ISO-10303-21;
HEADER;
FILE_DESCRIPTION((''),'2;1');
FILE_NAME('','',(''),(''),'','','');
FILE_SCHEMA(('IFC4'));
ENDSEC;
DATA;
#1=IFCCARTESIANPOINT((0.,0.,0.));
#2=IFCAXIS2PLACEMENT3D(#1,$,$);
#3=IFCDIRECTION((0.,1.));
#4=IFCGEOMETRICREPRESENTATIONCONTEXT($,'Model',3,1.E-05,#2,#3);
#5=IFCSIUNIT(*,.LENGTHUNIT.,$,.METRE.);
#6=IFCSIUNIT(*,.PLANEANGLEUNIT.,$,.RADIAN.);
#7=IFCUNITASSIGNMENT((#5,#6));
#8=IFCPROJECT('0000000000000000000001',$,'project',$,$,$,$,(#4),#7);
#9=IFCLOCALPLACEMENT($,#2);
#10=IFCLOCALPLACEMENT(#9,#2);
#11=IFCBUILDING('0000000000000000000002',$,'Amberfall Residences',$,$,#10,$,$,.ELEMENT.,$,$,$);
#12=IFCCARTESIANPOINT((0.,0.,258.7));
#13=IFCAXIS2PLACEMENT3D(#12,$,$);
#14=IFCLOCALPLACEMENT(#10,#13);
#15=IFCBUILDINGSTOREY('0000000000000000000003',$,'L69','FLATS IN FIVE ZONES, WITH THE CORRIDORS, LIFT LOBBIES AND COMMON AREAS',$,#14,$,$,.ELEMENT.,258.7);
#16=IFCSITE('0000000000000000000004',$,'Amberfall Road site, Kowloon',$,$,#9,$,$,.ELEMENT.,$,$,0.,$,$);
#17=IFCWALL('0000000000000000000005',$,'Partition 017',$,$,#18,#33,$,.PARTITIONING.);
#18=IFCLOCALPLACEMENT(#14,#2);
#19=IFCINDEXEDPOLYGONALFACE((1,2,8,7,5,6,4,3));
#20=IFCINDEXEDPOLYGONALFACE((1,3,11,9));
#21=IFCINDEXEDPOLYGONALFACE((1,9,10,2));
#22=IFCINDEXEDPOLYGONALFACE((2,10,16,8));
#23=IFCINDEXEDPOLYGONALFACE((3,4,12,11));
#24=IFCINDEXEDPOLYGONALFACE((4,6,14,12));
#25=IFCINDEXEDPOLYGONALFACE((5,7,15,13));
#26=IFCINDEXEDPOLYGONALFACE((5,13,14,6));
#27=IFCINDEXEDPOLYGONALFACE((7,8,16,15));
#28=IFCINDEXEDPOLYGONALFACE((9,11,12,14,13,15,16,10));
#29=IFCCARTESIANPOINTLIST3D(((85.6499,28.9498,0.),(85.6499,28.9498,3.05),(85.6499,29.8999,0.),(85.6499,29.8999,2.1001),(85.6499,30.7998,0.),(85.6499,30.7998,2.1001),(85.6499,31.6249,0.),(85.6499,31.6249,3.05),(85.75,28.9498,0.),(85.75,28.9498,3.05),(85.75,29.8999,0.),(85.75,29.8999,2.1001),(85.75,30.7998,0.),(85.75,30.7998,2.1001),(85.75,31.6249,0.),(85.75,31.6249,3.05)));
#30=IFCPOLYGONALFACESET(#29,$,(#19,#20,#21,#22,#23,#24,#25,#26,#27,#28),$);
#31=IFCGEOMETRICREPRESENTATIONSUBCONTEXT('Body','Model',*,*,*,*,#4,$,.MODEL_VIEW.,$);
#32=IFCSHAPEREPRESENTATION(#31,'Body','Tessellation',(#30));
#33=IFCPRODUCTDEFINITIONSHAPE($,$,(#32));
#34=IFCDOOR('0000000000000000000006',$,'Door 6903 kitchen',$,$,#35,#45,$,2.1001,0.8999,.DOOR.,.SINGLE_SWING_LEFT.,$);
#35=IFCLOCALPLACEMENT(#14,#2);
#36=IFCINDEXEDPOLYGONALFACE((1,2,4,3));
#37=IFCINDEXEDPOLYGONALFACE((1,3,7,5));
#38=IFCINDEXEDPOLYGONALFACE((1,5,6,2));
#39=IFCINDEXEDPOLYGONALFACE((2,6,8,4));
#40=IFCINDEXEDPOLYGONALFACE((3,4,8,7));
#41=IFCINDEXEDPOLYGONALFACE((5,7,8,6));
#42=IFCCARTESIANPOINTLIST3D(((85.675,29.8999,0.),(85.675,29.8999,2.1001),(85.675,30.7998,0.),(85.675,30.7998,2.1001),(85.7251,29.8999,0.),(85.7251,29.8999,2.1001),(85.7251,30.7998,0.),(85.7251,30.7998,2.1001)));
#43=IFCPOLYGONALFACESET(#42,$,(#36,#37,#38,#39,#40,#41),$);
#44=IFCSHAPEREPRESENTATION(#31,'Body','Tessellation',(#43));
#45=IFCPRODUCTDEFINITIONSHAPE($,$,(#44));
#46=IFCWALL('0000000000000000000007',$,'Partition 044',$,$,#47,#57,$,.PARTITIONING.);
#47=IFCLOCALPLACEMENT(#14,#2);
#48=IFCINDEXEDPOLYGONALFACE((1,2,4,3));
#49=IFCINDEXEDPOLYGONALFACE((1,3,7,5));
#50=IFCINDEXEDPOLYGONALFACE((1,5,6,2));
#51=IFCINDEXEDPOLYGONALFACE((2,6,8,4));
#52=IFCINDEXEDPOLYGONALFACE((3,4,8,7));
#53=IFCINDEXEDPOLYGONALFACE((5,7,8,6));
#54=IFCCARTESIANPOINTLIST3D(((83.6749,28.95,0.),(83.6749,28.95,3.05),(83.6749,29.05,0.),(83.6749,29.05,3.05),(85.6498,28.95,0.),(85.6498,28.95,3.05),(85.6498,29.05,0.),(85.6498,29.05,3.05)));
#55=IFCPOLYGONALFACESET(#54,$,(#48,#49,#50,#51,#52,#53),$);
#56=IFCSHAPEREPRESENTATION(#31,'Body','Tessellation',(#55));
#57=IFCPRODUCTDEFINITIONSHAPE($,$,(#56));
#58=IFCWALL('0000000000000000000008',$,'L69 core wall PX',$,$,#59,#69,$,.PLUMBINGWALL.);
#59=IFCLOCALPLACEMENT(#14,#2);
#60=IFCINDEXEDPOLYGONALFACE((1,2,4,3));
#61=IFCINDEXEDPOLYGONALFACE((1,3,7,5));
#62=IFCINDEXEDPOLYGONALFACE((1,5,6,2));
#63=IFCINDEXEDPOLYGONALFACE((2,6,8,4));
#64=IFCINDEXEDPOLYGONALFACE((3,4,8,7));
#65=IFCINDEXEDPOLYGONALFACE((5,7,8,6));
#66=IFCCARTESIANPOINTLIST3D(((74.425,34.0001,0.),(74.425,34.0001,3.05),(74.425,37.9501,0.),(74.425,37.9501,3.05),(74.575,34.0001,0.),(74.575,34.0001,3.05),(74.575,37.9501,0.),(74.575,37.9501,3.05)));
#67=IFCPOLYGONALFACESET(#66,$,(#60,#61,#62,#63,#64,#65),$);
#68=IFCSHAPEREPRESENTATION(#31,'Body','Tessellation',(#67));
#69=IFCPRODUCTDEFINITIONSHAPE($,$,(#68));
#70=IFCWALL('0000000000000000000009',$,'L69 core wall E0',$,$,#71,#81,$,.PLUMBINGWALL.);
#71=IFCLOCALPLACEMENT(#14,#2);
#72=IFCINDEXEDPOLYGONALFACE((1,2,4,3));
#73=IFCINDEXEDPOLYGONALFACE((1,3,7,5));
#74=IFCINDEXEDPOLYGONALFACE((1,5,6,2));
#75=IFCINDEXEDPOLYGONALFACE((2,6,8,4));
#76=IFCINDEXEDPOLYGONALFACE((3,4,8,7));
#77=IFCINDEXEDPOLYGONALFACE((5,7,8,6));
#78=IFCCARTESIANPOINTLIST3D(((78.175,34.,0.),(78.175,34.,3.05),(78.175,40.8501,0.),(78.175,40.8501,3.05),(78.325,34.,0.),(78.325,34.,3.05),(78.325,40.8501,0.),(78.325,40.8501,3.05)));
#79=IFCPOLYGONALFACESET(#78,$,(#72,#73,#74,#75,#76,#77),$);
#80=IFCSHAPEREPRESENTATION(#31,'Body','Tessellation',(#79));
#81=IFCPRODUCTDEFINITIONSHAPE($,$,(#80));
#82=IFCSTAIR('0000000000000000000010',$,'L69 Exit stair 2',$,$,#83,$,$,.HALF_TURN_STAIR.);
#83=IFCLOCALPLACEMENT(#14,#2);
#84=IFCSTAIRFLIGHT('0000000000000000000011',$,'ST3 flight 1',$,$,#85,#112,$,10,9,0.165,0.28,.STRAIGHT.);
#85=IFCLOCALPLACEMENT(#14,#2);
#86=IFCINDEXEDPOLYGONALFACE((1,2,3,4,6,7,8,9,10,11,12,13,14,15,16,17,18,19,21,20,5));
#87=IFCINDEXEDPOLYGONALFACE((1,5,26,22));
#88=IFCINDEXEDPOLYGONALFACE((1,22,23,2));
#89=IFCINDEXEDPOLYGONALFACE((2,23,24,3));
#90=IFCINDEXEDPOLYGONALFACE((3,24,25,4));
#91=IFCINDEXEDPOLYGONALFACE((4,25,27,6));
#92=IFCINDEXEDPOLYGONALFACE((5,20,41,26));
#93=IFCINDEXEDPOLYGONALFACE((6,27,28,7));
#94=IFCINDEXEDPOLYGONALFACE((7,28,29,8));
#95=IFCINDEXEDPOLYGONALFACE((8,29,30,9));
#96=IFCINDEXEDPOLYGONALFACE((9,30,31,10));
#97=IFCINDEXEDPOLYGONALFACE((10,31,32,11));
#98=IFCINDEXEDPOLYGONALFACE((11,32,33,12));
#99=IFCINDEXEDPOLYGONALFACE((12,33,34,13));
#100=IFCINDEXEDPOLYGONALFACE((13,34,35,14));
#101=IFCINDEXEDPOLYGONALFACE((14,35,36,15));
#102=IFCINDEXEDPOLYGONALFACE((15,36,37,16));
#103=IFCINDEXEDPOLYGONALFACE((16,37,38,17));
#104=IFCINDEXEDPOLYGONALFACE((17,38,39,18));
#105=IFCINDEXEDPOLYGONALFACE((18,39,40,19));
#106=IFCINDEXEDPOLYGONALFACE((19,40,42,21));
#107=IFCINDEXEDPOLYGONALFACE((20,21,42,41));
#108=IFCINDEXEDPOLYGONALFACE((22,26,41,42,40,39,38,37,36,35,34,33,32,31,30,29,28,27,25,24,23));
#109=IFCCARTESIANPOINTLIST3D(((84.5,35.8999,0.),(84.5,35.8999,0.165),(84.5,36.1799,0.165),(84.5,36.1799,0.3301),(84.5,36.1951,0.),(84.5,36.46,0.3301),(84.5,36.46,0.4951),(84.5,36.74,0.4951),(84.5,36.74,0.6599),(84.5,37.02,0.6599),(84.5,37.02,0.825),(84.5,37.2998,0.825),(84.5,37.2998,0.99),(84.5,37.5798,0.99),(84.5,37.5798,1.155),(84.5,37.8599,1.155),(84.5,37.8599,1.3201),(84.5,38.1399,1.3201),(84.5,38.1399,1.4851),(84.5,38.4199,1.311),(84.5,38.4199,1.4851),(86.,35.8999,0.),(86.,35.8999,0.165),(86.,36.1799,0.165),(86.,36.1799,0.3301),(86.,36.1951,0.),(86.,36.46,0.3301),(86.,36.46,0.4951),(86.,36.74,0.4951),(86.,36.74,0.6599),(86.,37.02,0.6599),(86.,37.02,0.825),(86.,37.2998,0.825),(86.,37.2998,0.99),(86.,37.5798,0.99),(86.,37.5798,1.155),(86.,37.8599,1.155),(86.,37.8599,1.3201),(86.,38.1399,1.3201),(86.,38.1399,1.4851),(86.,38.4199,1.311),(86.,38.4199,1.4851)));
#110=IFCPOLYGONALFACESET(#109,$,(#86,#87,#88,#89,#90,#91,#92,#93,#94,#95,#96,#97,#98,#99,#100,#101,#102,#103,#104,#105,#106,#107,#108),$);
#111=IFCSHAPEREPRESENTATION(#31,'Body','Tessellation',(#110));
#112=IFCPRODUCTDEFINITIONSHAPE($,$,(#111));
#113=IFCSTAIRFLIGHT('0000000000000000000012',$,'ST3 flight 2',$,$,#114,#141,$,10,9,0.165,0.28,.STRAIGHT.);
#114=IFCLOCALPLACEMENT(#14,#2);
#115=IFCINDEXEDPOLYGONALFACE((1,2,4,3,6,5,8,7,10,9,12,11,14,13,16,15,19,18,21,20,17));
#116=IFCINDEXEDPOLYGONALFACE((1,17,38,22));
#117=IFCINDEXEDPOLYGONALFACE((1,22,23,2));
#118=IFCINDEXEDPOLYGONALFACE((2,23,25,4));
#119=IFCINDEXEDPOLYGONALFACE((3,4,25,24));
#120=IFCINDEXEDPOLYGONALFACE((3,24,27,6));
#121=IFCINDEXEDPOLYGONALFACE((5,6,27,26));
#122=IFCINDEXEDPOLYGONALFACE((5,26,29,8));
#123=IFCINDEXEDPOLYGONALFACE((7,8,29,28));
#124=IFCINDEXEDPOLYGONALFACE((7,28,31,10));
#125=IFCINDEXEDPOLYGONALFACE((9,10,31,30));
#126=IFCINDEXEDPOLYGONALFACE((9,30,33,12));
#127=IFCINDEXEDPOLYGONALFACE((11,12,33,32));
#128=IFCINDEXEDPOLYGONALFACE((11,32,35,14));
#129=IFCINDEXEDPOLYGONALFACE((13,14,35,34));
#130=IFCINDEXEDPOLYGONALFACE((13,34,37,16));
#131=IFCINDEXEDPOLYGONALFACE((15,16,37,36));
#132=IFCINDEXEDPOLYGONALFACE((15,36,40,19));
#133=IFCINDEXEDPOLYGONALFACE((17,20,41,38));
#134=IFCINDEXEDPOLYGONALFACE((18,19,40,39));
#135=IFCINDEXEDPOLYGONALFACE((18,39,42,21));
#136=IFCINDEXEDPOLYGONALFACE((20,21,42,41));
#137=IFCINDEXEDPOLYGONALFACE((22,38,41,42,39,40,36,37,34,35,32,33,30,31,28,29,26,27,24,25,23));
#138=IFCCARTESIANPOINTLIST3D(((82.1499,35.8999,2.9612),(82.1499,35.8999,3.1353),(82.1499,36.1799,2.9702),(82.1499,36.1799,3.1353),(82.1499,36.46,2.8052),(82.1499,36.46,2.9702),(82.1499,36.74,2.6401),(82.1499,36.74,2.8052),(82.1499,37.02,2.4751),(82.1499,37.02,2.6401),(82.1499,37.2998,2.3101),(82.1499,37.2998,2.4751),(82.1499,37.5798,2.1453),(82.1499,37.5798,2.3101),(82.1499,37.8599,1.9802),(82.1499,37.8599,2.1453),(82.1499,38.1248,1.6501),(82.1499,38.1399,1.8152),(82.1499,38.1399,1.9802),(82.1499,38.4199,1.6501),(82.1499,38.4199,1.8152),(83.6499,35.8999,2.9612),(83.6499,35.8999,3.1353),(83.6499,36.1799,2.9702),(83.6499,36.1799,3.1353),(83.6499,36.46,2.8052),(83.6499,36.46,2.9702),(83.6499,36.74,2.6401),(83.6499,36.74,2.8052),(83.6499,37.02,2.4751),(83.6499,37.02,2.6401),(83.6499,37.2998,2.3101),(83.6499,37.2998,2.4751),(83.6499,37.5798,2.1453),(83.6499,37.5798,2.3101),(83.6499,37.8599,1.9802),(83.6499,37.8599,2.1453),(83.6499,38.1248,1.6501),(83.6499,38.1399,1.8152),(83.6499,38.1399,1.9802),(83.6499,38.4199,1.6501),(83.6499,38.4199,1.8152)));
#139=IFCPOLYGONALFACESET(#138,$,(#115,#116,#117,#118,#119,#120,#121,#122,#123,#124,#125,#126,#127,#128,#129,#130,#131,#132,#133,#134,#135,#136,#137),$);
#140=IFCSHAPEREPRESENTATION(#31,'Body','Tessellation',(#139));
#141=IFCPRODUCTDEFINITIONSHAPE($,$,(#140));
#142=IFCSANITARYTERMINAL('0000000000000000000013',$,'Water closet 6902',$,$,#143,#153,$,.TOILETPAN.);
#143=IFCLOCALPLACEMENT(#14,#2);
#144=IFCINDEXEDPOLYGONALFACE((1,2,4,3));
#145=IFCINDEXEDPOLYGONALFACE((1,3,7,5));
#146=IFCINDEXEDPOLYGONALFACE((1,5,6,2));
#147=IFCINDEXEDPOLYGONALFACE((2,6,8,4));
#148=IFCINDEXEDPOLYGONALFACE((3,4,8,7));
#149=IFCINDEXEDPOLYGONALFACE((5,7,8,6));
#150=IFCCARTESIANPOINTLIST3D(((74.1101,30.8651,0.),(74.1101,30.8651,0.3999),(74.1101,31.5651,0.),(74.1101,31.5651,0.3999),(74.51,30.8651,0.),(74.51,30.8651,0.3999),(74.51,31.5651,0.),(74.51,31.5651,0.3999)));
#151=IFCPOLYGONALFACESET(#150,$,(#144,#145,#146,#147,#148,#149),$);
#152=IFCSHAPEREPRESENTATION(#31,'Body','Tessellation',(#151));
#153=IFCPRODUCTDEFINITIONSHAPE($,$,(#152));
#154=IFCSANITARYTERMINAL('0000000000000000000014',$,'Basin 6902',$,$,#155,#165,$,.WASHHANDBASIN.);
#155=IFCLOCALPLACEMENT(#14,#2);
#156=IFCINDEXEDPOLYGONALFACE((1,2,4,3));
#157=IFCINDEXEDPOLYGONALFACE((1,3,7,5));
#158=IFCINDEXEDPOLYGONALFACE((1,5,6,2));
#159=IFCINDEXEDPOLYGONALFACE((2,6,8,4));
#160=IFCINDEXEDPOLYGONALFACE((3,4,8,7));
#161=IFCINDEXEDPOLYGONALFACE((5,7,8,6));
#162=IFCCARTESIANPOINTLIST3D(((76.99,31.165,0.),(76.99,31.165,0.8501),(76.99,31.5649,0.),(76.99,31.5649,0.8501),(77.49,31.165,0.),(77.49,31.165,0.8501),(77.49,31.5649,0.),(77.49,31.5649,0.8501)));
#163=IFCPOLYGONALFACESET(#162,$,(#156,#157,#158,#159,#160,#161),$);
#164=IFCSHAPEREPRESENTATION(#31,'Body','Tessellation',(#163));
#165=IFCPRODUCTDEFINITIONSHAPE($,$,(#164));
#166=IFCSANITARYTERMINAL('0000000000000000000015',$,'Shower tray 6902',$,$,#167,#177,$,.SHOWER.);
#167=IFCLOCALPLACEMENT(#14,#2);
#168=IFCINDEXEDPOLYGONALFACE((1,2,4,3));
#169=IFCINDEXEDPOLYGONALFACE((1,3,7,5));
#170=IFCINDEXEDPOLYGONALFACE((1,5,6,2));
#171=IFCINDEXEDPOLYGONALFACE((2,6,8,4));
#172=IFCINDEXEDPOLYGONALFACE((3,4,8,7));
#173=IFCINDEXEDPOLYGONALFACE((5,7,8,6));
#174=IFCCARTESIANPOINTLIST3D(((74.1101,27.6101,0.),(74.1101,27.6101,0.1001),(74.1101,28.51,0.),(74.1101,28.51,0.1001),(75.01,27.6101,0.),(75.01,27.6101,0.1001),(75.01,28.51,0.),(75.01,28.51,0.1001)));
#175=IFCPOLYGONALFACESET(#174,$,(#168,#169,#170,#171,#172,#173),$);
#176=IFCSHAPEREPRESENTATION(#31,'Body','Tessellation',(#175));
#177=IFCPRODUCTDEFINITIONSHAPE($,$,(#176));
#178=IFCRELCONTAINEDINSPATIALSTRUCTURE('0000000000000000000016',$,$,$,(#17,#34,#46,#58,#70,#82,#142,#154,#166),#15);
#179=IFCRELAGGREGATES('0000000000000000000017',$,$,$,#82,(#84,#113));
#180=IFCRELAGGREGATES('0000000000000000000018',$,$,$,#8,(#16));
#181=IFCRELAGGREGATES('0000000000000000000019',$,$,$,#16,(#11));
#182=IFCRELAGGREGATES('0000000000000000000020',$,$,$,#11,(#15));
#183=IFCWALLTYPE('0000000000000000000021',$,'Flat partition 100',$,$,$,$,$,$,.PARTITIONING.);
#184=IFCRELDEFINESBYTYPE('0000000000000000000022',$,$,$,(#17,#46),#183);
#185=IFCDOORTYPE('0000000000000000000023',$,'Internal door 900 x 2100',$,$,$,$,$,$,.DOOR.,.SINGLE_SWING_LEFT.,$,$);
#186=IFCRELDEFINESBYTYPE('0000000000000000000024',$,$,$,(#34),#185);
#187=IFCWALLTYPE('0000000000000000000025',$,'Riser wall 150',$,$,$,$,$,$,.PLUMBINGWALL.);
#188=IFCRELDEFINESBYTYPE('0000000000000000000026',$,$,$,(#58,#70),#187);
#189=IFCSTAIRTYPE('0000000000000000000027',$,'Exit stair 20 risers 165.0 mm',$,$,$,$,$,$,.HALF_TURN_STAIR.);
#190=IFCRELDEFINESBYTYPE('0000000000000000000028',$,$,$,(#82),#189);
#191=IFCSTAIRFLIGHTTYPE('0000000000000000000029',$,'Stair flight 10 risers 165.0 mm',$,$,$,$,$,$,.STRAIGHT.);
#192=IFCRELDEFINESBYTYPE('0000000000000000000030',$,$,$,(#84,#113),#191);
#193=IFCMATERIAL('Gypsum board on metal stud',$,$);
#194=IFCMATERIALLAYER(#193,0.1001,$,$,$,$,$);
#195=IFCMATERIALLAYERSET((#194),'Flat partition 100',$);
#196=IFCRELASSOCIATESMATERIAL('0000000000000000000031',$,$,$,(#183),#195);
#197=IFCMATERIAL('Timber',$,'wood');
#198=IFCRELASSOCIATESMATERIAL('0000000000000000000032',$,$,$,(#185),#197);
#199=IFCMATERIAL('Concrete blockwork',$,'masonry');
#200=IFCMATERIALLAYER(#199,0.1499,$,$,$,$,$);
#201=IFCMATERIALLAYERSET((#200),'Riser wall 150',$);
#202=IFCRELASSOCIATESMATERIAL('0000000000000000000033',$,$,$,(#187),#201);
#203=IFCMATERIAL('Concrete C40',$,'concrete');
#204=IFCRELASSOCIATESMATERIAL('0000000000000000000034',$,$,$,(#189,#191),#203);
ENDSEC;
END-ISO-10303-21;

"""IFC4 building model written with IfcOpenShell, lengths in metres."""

from ifc_helpers import new_model, si_unit, direction, frame, frame_2d, origin, origin_2d, place, context, subcontext, project, spatial, polyline, rectangle, outline, extrude, material, layer, layer_set, type_object, element, fill, aggregate, save


model = new_model("IFC4")

# Units and contexts
model_context = context("Model", 3, precision=1e-05, world=origin(), true_north=direction((0.0, 1.0)))
body_context = subcontext(model_context, "Body", "Model", "MODEL_VIEW")
ifc_project = project(units=[si_unit("LENGTHUNIT", "METRE"), si_unit("PLANEANGLEUNIT", "RADIAN")], contexts=[model_context])

# Site, building, storey
site_placement = place(None, origin())
site = spatial("IfcSite", under=ifc_project, at=site_placement, Name="Amberfall Road site, Kowloon", CompositionType="ELEMENT", RefElevation=0.0)
building_placement = place(site_placement, origin())
building = spatial("IfcBuilding", under=site, at=building_placement, Name="Amberfall Residences", CompositionType="ELEMENT")
storey_placement = place(building_placement, frame((0.0, 0.0, 258.7)))
storey = spatial("IfcBuildingStorey", under=building, at=storey_placement, Name="L69", Description="FLATS IN FIVE ZONES, WITH THE CORRIDORS, LIFT LOBBIES AND COMMON AREAS", CompositionType="ELEMENT", Elevation=258.7)

# Wall, opening, door
ifc_material_1 = material(Name="Gypsum board on metal stud")
ifc_layer_1 = layer(ifc_material_1, 0.1001)
ifc_layer_set_1 = layer_set([ifc_layer_1], Name="Flat partition 100")
wall_type_1 = type_object("IfcWallType", Name="Flat partition 100", PredefinedType="PARTITIONING", material=ifc_layer_set_1)
ifc_material_2 = material(Name="Timber", Category="wood")
door_type_1 = type_object("IfcDoorType", Name="Internal door 900 x 2100", OperationType="SINGLE_SWING_LEFT", PredefinedType="DOOR", material=ifc_material_2)
wall_1_placement = place(storey_placement, frame((85.7, 28.95, 0.0), z_axis=(0.0, 0.0, 1.0), x_axis=(0.0, 1.0, 0.0)))
wall_1 = element("IfcWall", 1, at=wall_1_placement, inside=storey, type_object=wall_type_1, Name="Partition 017", PredefinedType="PARTITIONING", context=body_context, shape_type="SweptSolid", body=[
    extrude(rectangle(XDim=2.675, YDim=0.1001, at=frame_2d((1.3374, 0.0))), origin(), (0.0, 0.0, 1.0), 3.05),
])
opening_1_placement = place(wall_1_placement, frame((0.95, 0.0, 0.0)))
opening_1 = element("IfcOpeningElement", 2, at=opening_1_placement, cuts=wall_1, PredefinedType="OPENING", context=body_context, shape_type="SweptSolid", body=[
    extrude(rectangle(XDim=0.8999, YDim=2.1001, at=frame_2d((0.45, 1.05))), frame((0.0, 0.0601, 0.0), z_axis=(0.0, -1.0, 0.0), x_axis=(1.0, 0.0, 0.0)), (0.0, 0.0, 1.0), 0.1201),
])
door_1_placement = place(opening_1_placement, origin())
door_1 = element("IfcDoor", 3, at=door_1_placement, inside=storey, type_object=door_type_1, Name="Door 6903 kitchen", OperationType="SINGLE_SWING_LEFT", OverallHeight=2.1001, OverallWidth=0.8999, PredefinedType="DOOR", context=body_context, shape_type="SweptSolid", body=[
    extrude(rectangle(XDim=0.8999, YDim=2.1001, at=frame_2d((0.45, 1.05))), frame((0.0, 0.0249, 0.0), z_axis=(0.0, -1.0, 0.0), x_axis=(1.0, 0.0, 0.0)), (0.0, 0.0, 1.0), 0.05),
])
fill(opening_1, door_1)

# Walls
wall_2_placement = place(storey_placement, frame((83.675, 29.0, 0.0), z_axis=(0.0, 0.0, 1.0), x_axis=(1.0, 0.0, 0.0)))
element("IfcWall", 4, at=wall_2_placement, inside=storey, type_object=wall_type_1, Name="Partition 044", PredefinedType="PARTITIONING", context=body_context, shape_type="SweptSolid", body=[
    extrude(rectangle(XDim=1.9749, YDim=0.1001, at=frame_2d((0.9873, 0.0))), origin(), (0.0, 0.0, 1.0), 3.05),
])
ifc_material_3 = material(Name="Concrete blockwork", Category="masonry")
ifc_layer_2 = layer(ifc_material_3, 0.1499)
ifc_layer_set_2 = layer_set([ifc_layer_2], Name="Riser wall 150")
wall_type_2 = type_object("IfcWallType", Name="Riser wall 150", PredefinedType="PLUMBINGWALL", material=ifc_layer_set_2)
wall_3_placement = place(storey_placement, frame((74.5, 34.0, 0.0), z_axis=(0.0, 0.0, 1.0), x_axis=(0.0, 1.0, 0.0)))
element("IfcWall", 5, at=wall_3_placement, inside=storey, type_object=wall_type_2, Name="L69 core wall PX", PredefinedType="PLUMBINGWALL", context=body_context, shape_type="SweptSolid", body=[
    extrude(rectangle(XDim=3.95, YDim=0.1499, at=frame_2d((1.9751, 0.0))), origin(), (0.0, 0.0, 1.0), 3.05),
])
wall_4_placement = place(storey_placement, frame((78.25, 34.0, 0.0), z_axis=(0.0, 0.0, 1.0), x_axis=(0.0, 1.0, 0.0)))
element("IfcWall", 6, at=wall_4_placement, inside=storey, type_object=wall_type_2, Name="L69 core wall E0", PredefinedType="PLUMBINGWALL", context=body_context, shape_type="SweptSolid", body=[
    extrude(rectangle(XDim=6.8501, YDim=0.1499, at=frame_2d((3.425, 0.0))), origin(), (0.0, 0.0, 1.0), 3.05),
])

# Stair, stair flights
ifc_material_4 = material(Name="Concrete C40", Category="concrete")
stair_type = type_object("IfcStairType", Name="Exit stair 20 risers 165.0 mm", PredefinedType="HALF_TURN_STAIR", material=ifc_material_4)
stair_placement = place(storey_placement, origin())
stair = element("IfcStair", 7, at=stair_placement, inside=storey, type_object=stair_type, Name="L69 Exit stair 2", PredefinedType="HALF_TURN_STAIR")
stair_flight_type = type_object("IfcStairFlightType", Name="Stair flight 10 risers 165.0 mm", PredefinedType="STRAIGHT", material=ifc_material_4)
stair_flight_1_placement = place(storey_placement, frame((85.25, 35.8999, 0.0), z_axis=(0.0, 0.0, 1.0), x_axis=(0.0, 1.0, 0.0)))
stair_flight_1 = element("IfcStairFlight", 8, at=stair_flight_1_placement, type_object=stair_flight_type, Name="ST3 flight 1", NumberOfRisers=10, NumberOfTreads=9, PredefinedType="STRAIGHT", RiserHeight=0.165, TreadLength=0.28, context=body_context, shape_type="SweptSolid", body=[
    extrude(outline(polyline([(0.0, 0.0), (0.0, 0.165), (0.28, 0.165), (0.28, 0.3301), (0.5601, 0.3301), (0.5601, 0.4951), (0.8401, 0.4951), (0.8401, 0.6599), (1.1201, 0.6599), (1.1201, 0.825), (1.3999, 0.825), (1.3999, 0.99), (1.6799, 0.99), (1.6799, 1.155), (1.96, 1.155), (1.96, 1.3201), (2.24, 1.3201), (2.24, 1.4851), (2.52, 1.4851), (2.52, 1.6499), (2.52, 1.311), (0.2952, 0.0), (0.0, 0.0)])), frame((0.0, 0.75, 0.0), z_axis=(0.0, -1.0, 0.0), x_axis=(1.0, 0.0, 0.0)), (0.0, 0.0, 1.0), 1.5),
])
stair_flight_2_placement = place(storey_placement, frame((82.8999, 38.4199, 1.6501), z_axis=(0.0, 0.0, 1.0), x_axis=(0.0, -1.0, 0.0)))
stair_flight_2 = element("IfcStairFlight", 9, at=stair_flight_2_placement, type_object=stair_flight_type, Name="ST3 flight 2", NumberOfRisers=10, NumberOfTreads=9, PredefinedType="STRAIGHT", RiserHeight=0.165, TreadLength=0.28, context=body_context, shape_type="SweptSolid", body=[
    extrude(outline(polyline([(0.0, 0.0), (0.0, 0.165), (0.28, 0.165), (0.28, 0.3301), (0.5601, 0.3301), (0.5601, 0.4951), (0.8401, 0.4951), (0.8401, 0.6599), (1.1201, 0.6599), (1.1201, 0.825), (1.3999, 0.825), (1.3999, 0.99), (1.6799, 0.99), (1.6799, 1.155), (1.96, 1.155), (1.96, 1.3201), (2.24, 1.3201), (2.24, 1.4851), (2.52, 1.4851), (2.52, 1.6499), (2.52, 1.311), (0.2952, 0.0), (0.0, 0.0)])), frame((0.0, 0.75, 0.0), z_axis=(0.0, -1.0, 0.0), x_axis=(1.0, 0.0, 0.0)), (0.0, 0.0, 1.0), 1.5),
])
aggregate(stair, [stair_flight_1, stair_flight_2])

# Sanitary terminals
sanitary_terminal_1_placement = place(storey_placement, frame((74.3101, 31.2151, 0.0), z_axis=(0.0, 0.0, 1.0), x_axis=(1.0, 0.0, 0.0)))
element("IfcSanitaryTerminal", 10, at=sanitary_terminal_1_placement, inside=storey, Name="Water closet 6902", PredefinedType="TOILETPAN", context=body_context, shape_type="SweptSolid", body=[
    extrude(rectangle(XDim=0.3999, YDim=0.7, at=origin_2d()), origin(), (0.0, 0.0, 1.0), 0.3999),
])
sanitary_terminal_2_placement = place(storey_placement, frame((77.24, 31.365, 0.0), z_axis=(0.0, 0.0, 1.0), x_axis=(1.0, 0.0, 0.0)))
element("IfcSanitaryTerminal", 11, at=sanitary_terminal_2_placement, inside=storey, Name="Basin 6902", PredefinedType="WASHHANDBASIN", context=body_context, shape_type="SweptSolid", body=[
    extrude(rectangle(XDim=0.5, YDim=0.3999, at=origin_2d()), origin(), (0.0, 0.0, 1.0), 0.8501),
])
sanitary_terminal_3_placement = place(storey_placement, frame((74.5601, 28.0601, 0.0), z_axis=(0.0, 0.0, 1.0), x_axis=(1.0, 0.0, 0.0)))
element("IfcSanitaryTerminal", 12, at=sanitary_terminal_3_placement, inside=storey, Name="Shower tray 6902", PredefinedType="SHOWER", context=body_context, shape_type="SweptSolid", body=[
    extrude(rectangle(XDim=0.8999, YDim=0.8999, at=origin_2d()), origin(), (0.0, 0.0, 1.0), 0.1001),
])

save(model, "model.ifc")
